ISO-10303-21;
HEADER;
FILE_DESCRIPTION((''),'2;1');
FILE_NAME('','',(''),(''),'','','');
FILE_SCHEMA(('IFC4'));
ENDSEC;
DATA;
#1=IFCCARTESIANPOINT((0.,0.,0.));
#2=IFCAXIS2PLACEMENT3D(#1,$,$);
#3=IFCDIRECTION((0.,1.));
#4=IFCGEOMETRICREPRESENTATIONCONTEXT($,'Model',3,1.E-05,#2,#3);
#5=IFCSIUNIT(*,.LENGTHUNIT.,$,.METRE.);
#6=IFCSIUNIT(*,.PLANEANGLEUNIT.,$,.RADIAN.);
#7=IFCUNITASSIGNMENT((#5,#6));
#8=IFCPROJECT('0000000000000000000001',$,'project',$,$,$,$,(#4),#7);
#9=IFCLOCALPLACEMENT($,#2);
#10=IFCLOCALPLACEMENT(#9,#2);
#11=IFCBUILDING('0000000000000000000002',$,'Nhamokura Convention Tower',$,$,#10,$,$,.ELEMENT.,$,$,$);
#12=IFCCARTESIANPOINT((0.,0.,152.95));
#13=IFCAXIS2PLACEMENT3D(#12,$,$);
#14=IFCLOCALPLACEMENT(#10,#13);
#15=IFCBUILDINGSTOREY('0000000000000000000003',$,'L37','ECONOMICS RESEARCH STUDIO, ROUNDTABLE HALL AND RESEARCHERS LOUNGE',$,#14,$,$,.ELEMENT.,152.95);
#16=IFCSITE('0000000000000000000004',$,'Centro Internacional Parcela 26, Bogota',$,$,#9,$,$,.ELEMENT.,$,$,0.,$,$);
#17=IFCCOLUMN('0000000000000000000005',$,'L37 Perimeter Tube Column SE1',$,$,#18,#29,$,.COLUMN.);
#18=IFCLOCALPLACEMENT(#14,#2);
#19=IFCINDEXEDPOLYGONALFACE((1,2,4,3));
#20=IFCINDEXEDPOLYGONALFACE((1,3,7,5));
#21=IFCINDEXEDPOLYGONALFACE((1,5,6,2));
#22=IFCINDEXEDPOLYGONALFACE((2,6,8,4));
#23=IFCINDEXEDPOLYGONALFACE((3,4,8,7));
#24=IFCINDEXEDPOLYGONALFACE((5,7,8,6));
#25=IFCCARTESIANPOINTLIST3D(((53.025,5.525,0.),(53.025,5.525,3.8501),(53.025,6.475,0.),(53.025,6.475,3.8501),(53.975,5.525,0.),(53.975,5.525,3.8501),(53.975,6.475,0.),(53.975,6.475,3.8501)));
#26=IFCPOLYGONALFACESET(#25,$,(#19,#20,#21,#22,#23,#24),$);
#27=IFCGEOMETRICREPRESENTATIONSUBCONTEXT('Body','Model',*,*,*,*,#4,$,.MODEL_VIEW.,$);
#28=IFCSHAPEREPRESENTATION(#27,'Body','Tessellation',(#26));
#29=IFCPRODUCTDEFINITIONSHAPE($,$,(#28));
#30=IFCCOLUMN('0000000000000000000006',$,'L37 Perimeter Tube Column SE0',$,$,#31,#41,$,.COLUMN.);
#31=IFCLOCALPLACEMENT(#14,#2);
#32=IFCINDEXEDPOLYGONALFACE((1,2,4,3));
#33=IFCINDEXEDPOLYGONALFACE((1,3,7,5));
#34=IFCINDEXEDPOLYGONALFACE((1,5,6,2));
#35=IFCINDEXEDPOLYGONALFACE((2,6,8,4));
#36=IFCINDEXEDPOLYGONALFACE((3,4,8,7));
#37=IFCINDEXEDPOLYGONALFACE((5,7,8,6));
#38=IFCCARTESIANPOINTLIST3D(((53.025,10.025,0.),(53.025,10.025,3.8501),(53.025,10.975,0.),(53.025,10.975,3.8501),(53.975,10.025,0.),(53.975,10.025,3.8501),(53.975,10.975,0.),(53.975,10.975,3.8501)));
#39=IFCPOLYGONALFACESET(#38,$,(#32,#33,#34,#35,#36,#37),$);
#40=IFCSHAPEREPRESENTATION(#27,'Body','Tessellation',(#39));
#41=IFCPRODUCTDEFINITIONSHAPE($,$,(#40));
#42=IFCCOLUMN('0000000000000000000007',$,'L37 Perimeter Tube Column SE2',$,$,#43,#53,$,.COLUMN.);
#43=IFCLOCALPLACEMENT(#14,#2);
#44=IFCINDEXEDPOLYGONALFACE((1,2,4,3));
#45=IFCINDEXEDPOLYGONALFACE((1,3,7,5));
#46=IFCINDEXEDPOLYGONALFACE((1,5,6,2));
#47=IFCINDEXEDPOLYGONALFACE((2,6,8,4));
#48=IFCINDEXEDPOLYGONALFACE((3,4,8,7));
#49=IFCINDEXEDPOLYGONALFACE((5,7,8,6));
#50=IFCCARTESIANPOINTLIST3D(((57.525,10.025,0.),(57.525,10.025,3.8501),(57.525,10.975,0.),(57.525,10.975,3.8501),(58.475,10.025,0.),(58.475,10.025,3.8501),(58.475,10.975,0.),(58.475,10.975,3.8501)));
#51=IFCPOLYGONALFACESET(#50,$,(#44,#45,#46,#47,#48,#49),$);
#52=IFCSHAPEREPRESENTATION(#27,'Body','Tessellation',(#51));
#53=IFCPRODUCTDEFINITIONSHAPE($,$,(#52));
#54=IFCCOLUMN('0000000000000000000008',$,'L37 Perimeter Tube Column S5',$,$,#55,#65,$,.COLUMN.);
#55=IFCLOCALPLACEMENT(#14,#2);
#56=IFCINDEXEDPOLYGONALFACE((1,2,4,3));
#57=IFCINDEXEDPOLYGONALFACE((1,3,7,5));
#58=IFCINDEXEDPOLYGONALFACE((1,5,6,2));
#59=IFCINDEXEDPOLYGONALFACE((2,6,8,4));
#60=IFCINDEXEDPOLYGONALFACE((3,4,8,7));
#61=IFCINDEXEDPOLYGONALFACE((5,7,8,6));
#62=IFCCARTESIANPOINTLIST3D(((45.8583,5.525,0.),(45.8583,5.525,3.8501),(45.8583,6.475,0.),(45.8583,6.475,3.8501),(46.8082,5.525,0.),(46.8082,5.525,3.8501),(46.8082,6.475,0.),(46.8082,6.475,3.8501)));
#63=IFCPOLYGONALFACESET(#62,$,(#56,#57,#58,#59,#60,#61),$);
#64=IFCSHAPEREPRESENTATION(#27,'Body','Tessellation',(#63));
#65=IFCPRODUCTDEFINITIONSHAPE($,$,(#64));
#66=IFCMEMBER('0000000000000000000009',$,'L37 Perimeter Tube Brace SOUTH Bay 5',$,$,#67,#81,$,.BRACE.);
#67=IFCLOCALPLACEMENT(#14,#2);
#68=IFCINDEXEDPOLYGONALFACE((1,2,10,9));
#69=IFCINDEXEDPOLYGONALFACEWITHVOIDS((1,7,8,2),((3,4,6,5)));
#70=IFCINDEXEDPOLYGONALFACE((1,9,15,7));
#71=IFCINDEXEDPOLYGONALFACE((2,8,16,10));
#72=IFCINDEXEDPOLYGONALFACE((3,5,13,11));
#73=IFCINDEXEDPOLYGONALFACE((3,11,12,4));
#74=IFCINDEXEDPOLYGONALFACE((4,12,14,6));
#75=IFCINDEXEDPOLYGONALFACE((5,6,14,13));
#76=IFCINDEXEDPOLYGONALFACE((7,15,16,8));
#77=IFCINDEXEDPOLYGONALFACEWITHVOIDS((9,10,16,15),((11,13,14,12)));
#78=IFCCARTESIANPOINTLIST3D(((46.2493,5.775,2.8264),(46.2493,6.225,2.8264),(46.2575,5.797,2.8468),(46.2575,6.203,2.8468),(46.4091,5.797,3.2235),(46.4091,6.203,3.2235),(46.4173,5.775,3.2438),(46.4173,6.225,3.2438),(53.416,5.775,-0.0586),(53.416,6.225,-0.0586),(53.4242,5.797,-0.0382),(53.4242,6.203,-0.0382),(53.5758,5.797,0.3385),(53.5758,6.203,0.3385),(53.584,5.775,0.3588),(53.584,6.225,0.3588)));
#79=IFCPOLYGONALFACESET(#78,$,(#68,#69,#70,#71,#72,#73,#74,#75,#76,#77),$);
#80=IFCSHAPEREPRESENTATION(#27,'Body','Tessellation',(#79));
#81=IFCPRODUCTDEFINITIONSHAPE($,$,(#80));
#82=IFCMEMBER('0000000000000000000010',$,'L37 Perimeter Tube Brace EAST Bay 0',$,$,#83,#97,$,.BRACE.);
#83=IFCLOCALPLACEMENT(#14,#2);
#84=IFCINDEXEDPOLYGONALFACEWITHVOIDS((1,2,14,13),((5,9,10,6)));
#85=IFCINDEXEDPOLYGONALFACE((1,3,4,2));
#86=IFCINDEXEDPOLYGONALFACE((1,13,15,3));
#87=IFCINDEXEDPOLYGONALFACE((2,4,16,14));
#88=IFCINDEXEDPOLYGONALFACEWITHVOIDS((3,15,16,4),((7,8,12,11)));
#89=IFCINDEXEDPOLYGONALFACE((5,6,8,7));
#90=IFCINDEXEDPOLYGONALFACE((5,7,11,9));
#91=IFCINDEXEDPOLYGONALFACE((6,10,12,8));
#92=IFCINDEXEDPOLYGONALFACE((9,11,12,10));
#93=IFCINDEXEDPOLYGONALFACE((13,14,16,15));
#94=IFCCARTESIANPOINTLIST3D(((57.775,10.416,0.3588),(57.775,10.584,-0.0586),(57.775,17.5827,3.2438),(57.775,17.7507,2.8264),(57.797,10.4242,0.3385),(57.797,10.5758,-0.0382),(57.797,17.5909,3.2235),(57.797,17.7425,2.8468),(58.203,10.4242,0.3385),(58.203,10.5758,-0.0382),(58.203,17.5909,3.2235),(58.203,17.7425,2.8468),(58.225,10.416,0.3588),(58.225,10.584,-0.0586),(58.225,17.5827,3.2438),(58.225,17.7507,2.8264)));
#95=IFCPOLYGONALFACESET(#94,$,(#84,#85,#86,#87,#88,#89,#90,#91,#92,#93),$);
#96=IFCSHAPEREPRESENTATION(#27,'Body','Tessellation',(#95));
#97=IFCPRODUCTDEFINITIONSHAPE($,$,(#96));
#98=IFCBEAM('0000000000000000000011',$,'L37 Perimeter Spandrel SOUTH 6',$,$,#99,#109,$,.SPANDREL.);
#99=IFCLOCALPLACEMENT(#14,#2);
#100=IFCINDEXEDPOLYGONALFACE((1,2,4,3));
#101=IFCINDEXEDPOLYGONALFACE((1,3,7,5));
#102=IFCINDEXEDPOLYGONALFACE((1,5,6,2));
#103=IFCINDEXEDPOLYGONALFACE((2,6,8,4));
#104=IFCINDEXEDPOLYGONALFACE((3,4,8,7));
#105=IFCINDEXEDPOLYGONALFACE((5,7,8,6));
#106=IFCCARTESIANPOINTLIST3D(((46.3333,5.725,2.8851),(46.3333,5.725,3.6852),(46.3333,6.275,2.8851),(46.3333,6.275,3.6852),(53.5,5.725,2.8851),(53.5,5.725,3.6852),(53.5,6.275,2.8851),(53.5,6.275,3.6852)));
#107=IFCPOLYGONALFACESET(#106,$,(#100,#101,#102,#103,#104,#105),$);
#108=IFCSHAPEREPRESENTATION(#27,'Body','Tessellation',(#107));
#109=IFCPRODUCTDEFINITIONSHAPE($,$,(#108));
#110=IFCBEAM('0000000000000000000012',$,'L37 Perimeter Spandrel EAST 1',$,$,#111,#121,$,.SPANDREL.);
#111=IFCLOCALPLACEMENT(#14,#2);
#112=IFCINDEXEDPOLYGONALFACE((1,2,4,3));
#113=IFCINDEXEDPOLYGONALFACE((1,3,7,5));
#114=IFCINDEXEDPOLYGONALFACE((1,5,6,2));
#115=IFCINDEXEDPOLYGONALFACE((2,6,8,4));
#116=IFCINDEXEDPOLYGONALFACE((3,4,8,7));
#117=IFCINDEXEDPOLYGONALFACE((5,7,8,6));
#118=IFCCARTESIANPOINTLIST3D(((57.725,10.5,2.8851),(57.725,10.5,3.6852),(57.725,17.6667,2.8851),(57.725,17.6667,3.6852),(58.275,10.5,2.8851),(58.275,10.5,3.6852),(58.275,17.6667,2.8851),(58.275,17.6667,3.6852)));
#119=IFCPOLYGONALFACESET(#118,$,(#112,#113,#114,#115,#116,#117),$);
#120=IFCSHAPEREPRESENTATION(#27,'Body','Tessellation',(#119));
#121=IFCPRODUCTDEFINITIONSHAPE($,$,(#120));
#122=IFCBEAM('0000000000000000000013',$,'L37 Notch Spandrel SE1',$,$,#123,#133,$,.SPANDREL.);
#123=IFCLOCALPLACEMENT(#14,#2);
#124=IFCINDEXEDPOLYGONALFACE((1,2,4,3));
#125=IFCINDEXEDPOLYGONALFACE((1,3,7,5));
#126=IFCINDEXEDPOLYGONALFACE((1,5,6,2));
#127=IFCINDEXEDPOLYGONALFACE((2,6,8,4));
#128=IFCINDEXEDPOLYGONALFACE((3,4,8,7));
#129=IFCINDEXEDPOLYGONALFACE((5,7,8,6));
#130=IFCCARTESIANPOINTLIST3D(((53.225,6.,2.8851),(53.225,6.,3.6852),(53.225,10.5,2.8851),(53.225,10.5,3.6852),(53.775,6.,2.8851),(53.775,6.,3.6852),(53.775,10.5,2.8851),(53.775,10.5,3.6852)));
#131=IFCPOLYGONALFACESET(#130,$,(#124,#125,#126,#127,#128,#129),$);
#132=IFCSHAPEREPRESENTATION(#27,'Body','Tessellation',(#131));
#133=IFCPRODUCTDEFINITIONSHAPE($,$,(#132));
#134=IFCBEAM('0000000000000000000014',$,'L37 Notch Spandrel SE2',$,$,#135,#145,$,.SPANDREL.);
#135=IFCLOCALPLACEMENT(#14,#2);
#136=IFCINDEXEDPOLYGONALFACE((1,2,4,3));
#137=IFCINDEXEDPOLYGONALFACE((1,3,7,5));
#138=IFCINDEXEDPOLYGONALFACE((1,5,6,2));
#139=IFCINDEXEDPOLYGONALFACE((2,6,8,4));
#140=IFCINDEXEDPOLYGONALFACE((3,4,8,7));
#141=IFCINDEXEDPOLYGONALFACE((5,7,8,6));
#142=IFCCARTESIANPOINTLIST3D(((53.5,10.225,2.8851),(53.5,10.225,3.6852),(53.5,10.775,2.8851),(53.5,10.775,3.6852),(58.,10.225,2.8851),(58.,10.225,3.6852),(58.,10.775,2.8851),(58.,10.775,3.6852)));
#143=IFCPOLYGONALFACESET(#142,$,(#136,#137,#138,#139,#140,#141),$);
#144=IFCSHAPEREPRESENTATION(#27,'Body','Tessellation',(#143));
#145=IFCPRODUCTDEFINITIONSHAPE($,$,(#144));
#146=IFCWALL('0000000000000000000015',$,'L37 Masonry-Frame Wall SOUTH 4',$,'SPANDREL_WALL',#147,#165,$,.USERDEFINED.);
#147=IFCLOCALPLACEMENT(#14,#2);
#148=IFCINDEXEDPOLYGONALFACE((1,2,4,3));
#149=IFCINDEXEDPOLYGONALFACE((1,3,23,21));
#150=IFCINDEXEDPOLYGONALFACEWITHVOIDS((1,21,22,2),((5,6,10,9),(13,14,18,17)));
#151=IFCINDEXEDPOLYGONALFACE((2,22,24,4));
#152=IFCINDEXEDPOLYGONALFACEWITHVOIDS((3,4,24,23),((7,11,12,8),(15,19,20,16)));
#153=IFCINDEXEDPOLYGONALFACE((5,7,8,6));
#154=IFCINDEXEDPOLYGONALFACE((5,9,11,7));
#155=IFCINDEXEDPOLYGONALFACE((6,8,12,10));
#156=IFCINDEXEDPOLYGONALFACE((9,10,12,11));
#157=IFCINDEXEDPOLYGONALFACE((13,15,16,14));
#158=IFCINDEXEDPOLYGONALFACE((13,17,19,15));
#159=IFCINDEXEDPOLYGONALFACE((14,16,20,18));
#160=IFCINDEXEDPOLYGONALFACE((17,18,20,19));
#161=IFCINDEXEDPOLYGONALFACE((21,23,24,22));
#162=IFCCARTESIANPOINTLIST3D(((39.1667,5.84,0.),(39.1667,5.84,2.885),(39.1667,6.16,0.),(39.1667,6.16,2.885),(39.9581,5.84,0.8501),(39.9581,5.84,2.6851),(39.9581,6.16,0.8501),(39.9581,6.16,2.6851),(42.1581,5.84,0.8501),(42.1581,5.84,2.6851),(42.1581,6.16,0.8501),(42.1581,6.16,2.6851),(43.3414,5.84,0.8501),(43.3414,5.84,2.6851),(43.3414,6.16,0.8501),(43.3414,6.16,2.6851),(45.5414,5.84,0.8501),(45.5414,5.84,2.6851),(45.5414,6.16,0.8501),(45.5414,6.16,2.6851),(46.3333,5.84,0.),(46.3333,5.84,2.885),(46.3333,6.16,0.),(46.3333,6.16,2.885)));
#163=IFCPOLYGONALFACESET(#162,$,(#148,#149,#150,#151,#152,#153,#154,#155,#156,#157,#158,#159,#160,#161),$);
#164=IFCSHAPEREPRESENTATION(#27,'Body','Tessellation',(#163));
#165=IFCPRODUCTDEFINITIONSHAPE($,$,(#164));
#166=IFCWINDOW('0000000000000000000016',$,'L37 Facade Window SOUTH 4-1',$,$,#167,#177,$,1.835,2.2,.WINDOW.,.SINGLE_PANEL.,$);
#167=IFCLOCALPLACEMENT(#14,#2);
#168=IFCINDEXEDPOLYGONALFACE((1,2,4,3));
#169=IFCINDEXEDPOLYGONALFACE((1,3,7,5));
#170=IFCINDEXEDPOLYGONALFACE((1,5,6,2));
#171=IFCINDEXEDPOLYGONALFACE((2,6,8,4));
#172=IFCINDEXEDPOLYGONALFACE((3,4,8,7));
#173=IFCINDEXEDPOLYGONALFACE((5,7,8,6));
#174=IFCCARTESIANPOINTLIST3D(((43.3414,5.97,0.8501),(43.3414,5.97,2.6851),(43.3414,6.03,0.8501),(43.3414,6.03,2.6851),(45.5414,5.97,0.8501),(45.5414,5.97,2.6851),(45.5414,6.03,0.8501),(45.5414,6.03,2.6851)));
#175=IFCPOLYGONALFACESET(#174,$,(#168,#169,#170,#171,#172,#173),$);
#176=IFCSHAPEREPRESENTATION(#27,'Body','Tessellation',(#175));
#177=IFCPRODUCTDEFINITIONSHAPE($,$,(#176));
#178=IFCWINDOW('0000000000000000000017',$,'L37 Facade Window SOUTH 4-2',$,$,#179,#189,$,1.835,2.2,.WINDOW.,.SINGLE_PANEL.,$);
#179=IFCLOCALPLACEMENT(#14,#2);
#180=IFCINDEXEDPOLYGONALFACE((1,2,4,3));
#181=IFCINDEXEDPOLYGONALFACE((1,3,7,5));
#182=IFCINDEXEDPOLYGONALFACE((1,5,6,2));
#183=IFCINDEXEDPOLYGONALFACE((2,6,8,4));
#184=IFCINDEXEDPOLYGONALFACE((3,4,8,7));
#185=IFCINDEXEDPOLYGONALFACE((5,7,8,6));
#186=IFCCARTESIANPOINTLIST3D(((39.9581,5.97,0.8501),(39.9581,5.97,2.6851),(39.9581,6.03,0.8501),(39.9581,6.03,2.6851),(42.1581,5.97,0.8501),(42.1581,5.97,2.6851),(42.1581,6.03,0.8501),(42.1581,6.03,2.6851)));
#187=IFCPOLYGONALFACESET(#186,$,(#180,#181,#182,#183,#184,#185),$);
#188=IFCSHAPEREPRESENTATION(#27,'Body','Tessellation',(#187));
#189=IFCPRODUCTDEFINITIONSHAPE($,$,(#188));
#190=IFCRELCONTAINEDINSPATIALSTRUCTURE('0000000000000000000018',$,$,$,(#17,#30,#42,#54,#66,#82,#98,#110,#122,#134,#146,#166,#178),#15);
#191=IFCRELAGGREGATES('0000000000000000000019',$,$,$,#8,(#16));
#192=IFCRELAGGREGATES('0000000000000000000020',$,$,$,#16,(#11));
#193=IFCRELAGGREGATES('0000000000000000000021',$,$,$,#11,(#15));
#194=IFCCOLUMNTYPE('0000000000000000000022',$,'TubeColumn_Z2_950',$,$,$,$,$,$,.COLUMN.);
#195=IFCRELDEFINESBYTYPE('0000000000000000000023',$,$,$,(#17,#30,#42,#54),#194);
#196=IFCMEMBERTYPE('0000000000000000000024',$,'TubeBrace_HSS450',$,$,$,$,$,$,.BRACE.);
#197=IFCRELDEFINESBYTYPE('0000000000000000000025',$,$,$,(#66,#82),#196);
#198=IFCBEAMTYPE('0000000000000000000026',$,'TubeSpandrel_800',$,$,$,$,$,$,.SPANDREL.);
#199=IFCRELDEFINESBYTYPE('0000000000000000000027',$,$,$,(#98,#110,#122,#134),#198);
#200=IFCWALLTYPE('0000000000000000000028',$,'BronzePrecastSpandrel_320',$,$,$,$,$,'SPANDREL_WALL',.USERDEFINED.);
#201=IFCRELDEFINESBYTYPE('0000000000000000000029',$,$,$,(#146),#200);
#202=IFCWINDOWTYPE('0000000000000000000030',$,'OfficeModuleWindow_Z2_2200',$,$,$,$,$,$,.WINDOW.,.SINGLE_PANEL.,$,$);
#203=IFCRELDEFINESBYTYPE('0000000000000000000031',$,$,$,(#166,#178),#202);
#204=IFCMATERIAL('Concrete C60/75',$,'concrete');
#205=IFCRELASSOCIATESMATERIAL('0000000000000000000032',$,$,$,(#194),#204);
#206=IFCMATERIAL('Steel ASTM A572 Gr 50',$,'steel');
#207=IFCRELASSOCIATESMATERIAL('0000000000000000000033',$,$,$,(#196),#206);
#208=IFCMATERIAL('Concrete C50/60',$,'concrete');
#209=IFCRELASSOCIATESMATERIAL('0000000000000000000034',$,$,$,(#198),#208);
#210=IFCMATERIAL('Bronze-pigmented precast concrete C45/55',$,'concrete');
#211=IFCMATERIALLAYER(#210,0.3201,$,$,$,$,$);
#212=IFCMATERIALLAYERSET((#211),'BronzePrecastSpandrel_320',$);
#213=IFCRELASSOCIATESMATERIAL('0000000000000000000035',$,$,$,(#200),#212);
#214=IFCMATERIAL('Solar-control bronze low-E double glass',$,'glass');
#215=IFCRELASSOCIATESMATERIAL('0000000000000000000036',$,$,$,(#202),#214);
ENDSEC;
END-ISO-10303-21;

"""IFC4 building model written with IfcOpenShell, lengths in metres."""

from ifc_helpers import new_model, si_unit, direction, frame, frame_2d, origin, origin_2d, place, context, subcontext, project, spatial, rectangle, hollow_rectangle, extrude, material, layer, layer_set, material_profile, profile_set, type_object, element, fill, save


model = new_model("IFC4")

# Units and contexts
model_context = context("Model", 3, precision=1e-05, world=origin(), true_north=direction((0.0, 1.0)))
body_context = subcontext(model_context, "Body", "Model", "MODEL_VIEW")
ifc_project = project(units=[si_unit("LENGTHUNIT", "METRE"), si_unit("PLANEANGLEUNIT", "RADIAN")], contexts=[model_context])

# Site, building, storey
site_placement = place(None, origin())
site = spatial("IfcSite", under=ifc_project, at=site_placement, Name="Centro Internacional Parcela 26, Bogota", CompositionType="ELEMENT", RefElevation=0.0)
building_placement = place(site_placement, origin())
building = spatial("IfcBuilding", under=site, at=building_placement, Name="Nhamokura Convention Tower", CompositionType="ELEMENT")
storey_placement = place(building_placement, frame((0.0, 0.0, 152.95)))
storey = spatial("IfcBuildingStorey", under=building, at=storey_placement, Name="L37", Description="ECONOMICS RESEARCH STUDIO, ROUNDTABLE HALL AND RESEARCHERS LOUNGE", CompositionType="ELEMENT", Elevation=152.95)

# Columns
ifc_material_1 = material(Name="Concrete C60/75", Category="concrete")
ifc_material_profile_1 = material_profile(ifc_material_1, rectangle(XDim=0.95, YDim=0.95, at=origin_2d()))
ifc_profile_set_1 = profile_set([ifc_material_profile_1], Name="Concrete C60/75")
column_type = type_object("IfcColumnType", Name="TubeColumn_Z2_950", PredefinedType="COLUMN", material=ifc_profile_set_1)
for number, where, z_axis, x_axis, name in (
    (1, (53.5, 6.0, 0.0), (0.0, 0.0, 1.0), (1.0, 0.0, 0.0), "L37 Perimeter Tube Column SE1"),
    (2, (53.5, 10.5, 0.0), (0.0, 0.0, 1.0), (1.0, 0.0, 0.0), "L37 Perimeter Tube Column SE0"),
    (3, (58.0, 10.5, 0.0), (0.0, 0.0, 1.0), (1.0, 0.0, 0.0), "L37 Perimeter Tube Column SE2"),
    (4, (46.3333, 6.0, 0.0), (0.0, 0.0, 1.0), (1.0, 0.0, 0.0), "L37 Perimeter Tube Column S5"),
):
    element("IfcColumn", number, at=place(storey_placement, frame(where, z_axis=z_axis, x_axis=x_axis)), inside=storey, type_object=column_type, Name=name, PredefinedType="COLUMN", context=body_context, shape_type="SweptSolid", body=[
        extrude(rectangle(XDim=0.95, YDim=0.95, at=origin_2d()), origin(), (0.0, 0.0, 1.0), 3.8501),
    ])

# Members
ifc_material_2 = material(Name="Steel ASTM A572 Gr 50", Category="steel")
ifc_material_profile_2 = material_profile(ifc_material_2, hollow_rectangle(XDim=0.45, YDim=0.45, WallThickness=0.022, at=origin_2d()))
ifc_profile_set_2 = profile_set([ifc_material_profile_2], Name="Steel ASTM A572 Gr 50")
member_type = type_object("IfcMemberType", Name="TubeBrace_HSS450", PredefinedType="BRACE", material=ifc_profile_set_2)
for number, where, z_axis, x_axis, name in (
    (5, (53.5, 6.0, 0.1501), (-0.927657, 0.0, 0.373433), (0.0, -1.0, 0.0), "L37 Perimeter Tube Brace SOUTH Bay 5"),
    (6, (58.0, 10.5, 0.1501), (0.0, 0.927657, 0.373433), (-1.0, 0.0, 0.0), "L37 Perimeter Tube Brace EAST Bay 0"),
):
    element("IfcMember", number, at=place(storey_placement, frame(where, z_axis=z_axis, x_axis=x_axis)), inside=storey, type_object=member_type, Name=name, PredefinedType="BRACE", context=body_context, shape_type="SweptSolid", body=[
        extrude(hollow_rectangle(XDim=0.45, YDim=0.45, WallThickness=0.022, at=origin_2d()), origin(), (0.0, 0.0, 1.0), 7.7256),
    ])

# Beams
ifc_material_3 = material(Name="Concrete C50/60", Category="concrete")
ifc_material_profile_3 = material_profile(ifc_material_3, rectangle(XDim=0.55, YDim=0.8, at=origin_2d()))
ifc_profile_set_3 = profile_set([ifc_material_profile_3], Name="Concrete C50/60")
beam_type = type_object("IfcBeamType", Name="TubeSpandrel_800", PredefinedType="SPANDREL", material=ifc_profile_set_3)
for number, where, z_axis, x_axis, name in (
    (7, (46.3333, 6.0, 3.2852), (1.0, 0.0, 0.0), (0.0, 1.0, 0.0), "L37 Perimeter Spandrel SOUTH 6"),
    (8, (58.0, 10.5, 3.2852), (0.0, 1.0, 0.0), (-1.0, 0.0, 0.0), "L37 Perimeter Spandrel EAST 1"),
):
    element("IfcBeam", number, at=place(storey_placement, frame(where, z_axis=z_axis, x_axis=x_axis)), inside=storey, type_object=beam_type, Name=name, PredefinedType="SPANDREL", context=body_context, shape_type="SweptSolid", body=[
        extrude(rectangle(XDim=0.55, YDim=0.8, at=origin_2d()), origin(), (0.0, 0.0, 1.0), 7.1667),
    ])
for number, where, z_axis, x_axis, name in (
    (9, (53.5, 6.0, 3.2852), (0.0, 1.0, 0.0), (-1.0, 0.0, 0.0), "L37 Notch Spandrel SE1"),
    (10, (53.5, 10.5, 3.2852), (1.0, 0.0, 0.0), (0.0, 1.0, 0.0), "L37 Notch Spandrel SE2"),
):
    element("IfcBeam", number, at=place(storey_placement, frame(where, z_axis=z_axis, x_axis=x_axis)), inside=storey, type_object=beam_type, Name=name, PredefinedType="SPANDREL", context=body_context, shape_type="SweptSolid", body=[
        extrude(rectangle(XDim=0.55, YDim=0.8, at=origin_2d()), origin(), (0.0, 0.0, 1.0), 4.5),
    ])

# Wall, openings, windows
ifc_material_4 = material(Name="Bronze-pigmented precast concrete C45/55", Category="concrete")
ifc_layer = layer(ifc_material_4, 0.3201)
ifc_layer_set = layer_set([ifc_layer], Name="BronzePrecastSpandrel_320")
wall_type = type_object("IfcWallType", Name="BronzePrecastSpandrel_320", ElementType="SPANDREL_WALL", PredefinedType="USERDEFINED", material=ifc_layer_set)
wall_1_placement = place(storey_placement, frame((46.3333, 6.0, 0.0), z_axis=(0.0, 0.0, 1.0), x_axis=(-1.0, 0.0, 0.0)))
wall_1 = element("IfcWall", 11, at=wall_1_placement, inside=storey, type_object=wall_type, Name="L37 Masonry-Frame Wall SOUTH 4", ObjectType="SPANDREL_WALL", PredefinedType="USERDEFINED", context=body_context, shape_type="SweptSolid", body=[
    extrude(rectangle(XDim=7.1665, YDim=0.3201, at=frame_2d((3.5833, 0.0))), origin(), (0.0, 0.0, 1.0), 2.885),
])
opening_1_placement = place(wall_1_placement, frame((0.7917, 0.0, 0.8501)))
opening_1 = element("IfcOpeningElement", 12, at=opening_1_placement, cuts=wall_1, PredefinedType="OPENING", context=body_context, shape_type="SweptSolid", body=[
    extrude(rectangle(XDim=2.2, YDim=1.835, at=frame_2d((1.1001, 0.9175))), frame((0.0, 0.1699, 0.0), z_axis=(0.0, -1.0, 0.0), x_axis=(1.0, 0.0, 0.0)), (0.0, 0.0, 1.0), 0.3401),
])
opening_2_placement = place(wall_1_placement, frame((4.175, 0.0, 0.8501)))
opening_2 = element("IfcOpeningElement", 13, at=opening_2_placement, cuts=wall_1, PredefinedType="OPENING", context=body_context, shape_type="SweptSolid", body=[
    extrude(rectangle(XDim=2.2, YDim=1.835, at=frame_2d((1.1001, 0.9175))), frame((0.0, 0.1699, 0.0), z_axis=(0.0, -1.0, 0.0), x_axis=(1.0, 0.0, 0.0)), (0.0, 0.0, 1.0), 0.3401),
])
ifc_material_5 = material(Name="Solar-control bronze low-E double glass", Category="glass")
window_type = type_object("IfcWindowType", Name="OfficeModuleWindow_Z2_2200", PartitioningType="SINGLE_PANEL", PredefinedType="WINDOW", material=ifc_material_5)
window_1_placement = place(opening_1_placement, origin())
window_1 = element("IfcWindow", 14, at=window_1_placement, inside=storey, type_object=window_type, Name="L37 Facade Window SOUTH 4-1", OverallHeight=1.835, OverallWidth=2.2, PartitioningType="SINGLE_PANEL", PredefinedType="WINDOW", context=body_context, shape_type="SweptSolid", body=[
    extrude(rectangle(XDim=2.2, YDim=1.835, at=frame_2d((1.1001, 0.9175))), frame((0.0, 0.03, 0.0), z_axis=(0.0, -1.0, 0.0), x_axis=(1.0, 0.0, 0.0)), (0.0, 0.0, 1.0), 0.0601),
])
fill(opening_1, window_1)
window_2_placement = place(opening_2_placement, origin())
window_2 = element("IfcWindow", 15, at=window_2_placement, inside=storey, type_object=window_type, Name="L37 Facade Window SOUTH 4-2", OverallHeight=1.835, OverallWidth=2.2, PartitioningType="SINGLE_PANEL", PredefinedType="WINDOW", context=body_context, shape_type="SweptSolid", body=[
    extrude(rectangle(XDim=2.2, YDim=1.835, at=frame_2d((1.1001, 0.9175))), frame((0.0, 0.03, 0.0), z_axis=(0.0, -1.0, 0.0), x_axis=(1.0, 0.0, 0.0)), (0.0, 0.0, 1.0), 0.0601),
])
fill(opening_2, window_2)

save(model, "model.ifc")
